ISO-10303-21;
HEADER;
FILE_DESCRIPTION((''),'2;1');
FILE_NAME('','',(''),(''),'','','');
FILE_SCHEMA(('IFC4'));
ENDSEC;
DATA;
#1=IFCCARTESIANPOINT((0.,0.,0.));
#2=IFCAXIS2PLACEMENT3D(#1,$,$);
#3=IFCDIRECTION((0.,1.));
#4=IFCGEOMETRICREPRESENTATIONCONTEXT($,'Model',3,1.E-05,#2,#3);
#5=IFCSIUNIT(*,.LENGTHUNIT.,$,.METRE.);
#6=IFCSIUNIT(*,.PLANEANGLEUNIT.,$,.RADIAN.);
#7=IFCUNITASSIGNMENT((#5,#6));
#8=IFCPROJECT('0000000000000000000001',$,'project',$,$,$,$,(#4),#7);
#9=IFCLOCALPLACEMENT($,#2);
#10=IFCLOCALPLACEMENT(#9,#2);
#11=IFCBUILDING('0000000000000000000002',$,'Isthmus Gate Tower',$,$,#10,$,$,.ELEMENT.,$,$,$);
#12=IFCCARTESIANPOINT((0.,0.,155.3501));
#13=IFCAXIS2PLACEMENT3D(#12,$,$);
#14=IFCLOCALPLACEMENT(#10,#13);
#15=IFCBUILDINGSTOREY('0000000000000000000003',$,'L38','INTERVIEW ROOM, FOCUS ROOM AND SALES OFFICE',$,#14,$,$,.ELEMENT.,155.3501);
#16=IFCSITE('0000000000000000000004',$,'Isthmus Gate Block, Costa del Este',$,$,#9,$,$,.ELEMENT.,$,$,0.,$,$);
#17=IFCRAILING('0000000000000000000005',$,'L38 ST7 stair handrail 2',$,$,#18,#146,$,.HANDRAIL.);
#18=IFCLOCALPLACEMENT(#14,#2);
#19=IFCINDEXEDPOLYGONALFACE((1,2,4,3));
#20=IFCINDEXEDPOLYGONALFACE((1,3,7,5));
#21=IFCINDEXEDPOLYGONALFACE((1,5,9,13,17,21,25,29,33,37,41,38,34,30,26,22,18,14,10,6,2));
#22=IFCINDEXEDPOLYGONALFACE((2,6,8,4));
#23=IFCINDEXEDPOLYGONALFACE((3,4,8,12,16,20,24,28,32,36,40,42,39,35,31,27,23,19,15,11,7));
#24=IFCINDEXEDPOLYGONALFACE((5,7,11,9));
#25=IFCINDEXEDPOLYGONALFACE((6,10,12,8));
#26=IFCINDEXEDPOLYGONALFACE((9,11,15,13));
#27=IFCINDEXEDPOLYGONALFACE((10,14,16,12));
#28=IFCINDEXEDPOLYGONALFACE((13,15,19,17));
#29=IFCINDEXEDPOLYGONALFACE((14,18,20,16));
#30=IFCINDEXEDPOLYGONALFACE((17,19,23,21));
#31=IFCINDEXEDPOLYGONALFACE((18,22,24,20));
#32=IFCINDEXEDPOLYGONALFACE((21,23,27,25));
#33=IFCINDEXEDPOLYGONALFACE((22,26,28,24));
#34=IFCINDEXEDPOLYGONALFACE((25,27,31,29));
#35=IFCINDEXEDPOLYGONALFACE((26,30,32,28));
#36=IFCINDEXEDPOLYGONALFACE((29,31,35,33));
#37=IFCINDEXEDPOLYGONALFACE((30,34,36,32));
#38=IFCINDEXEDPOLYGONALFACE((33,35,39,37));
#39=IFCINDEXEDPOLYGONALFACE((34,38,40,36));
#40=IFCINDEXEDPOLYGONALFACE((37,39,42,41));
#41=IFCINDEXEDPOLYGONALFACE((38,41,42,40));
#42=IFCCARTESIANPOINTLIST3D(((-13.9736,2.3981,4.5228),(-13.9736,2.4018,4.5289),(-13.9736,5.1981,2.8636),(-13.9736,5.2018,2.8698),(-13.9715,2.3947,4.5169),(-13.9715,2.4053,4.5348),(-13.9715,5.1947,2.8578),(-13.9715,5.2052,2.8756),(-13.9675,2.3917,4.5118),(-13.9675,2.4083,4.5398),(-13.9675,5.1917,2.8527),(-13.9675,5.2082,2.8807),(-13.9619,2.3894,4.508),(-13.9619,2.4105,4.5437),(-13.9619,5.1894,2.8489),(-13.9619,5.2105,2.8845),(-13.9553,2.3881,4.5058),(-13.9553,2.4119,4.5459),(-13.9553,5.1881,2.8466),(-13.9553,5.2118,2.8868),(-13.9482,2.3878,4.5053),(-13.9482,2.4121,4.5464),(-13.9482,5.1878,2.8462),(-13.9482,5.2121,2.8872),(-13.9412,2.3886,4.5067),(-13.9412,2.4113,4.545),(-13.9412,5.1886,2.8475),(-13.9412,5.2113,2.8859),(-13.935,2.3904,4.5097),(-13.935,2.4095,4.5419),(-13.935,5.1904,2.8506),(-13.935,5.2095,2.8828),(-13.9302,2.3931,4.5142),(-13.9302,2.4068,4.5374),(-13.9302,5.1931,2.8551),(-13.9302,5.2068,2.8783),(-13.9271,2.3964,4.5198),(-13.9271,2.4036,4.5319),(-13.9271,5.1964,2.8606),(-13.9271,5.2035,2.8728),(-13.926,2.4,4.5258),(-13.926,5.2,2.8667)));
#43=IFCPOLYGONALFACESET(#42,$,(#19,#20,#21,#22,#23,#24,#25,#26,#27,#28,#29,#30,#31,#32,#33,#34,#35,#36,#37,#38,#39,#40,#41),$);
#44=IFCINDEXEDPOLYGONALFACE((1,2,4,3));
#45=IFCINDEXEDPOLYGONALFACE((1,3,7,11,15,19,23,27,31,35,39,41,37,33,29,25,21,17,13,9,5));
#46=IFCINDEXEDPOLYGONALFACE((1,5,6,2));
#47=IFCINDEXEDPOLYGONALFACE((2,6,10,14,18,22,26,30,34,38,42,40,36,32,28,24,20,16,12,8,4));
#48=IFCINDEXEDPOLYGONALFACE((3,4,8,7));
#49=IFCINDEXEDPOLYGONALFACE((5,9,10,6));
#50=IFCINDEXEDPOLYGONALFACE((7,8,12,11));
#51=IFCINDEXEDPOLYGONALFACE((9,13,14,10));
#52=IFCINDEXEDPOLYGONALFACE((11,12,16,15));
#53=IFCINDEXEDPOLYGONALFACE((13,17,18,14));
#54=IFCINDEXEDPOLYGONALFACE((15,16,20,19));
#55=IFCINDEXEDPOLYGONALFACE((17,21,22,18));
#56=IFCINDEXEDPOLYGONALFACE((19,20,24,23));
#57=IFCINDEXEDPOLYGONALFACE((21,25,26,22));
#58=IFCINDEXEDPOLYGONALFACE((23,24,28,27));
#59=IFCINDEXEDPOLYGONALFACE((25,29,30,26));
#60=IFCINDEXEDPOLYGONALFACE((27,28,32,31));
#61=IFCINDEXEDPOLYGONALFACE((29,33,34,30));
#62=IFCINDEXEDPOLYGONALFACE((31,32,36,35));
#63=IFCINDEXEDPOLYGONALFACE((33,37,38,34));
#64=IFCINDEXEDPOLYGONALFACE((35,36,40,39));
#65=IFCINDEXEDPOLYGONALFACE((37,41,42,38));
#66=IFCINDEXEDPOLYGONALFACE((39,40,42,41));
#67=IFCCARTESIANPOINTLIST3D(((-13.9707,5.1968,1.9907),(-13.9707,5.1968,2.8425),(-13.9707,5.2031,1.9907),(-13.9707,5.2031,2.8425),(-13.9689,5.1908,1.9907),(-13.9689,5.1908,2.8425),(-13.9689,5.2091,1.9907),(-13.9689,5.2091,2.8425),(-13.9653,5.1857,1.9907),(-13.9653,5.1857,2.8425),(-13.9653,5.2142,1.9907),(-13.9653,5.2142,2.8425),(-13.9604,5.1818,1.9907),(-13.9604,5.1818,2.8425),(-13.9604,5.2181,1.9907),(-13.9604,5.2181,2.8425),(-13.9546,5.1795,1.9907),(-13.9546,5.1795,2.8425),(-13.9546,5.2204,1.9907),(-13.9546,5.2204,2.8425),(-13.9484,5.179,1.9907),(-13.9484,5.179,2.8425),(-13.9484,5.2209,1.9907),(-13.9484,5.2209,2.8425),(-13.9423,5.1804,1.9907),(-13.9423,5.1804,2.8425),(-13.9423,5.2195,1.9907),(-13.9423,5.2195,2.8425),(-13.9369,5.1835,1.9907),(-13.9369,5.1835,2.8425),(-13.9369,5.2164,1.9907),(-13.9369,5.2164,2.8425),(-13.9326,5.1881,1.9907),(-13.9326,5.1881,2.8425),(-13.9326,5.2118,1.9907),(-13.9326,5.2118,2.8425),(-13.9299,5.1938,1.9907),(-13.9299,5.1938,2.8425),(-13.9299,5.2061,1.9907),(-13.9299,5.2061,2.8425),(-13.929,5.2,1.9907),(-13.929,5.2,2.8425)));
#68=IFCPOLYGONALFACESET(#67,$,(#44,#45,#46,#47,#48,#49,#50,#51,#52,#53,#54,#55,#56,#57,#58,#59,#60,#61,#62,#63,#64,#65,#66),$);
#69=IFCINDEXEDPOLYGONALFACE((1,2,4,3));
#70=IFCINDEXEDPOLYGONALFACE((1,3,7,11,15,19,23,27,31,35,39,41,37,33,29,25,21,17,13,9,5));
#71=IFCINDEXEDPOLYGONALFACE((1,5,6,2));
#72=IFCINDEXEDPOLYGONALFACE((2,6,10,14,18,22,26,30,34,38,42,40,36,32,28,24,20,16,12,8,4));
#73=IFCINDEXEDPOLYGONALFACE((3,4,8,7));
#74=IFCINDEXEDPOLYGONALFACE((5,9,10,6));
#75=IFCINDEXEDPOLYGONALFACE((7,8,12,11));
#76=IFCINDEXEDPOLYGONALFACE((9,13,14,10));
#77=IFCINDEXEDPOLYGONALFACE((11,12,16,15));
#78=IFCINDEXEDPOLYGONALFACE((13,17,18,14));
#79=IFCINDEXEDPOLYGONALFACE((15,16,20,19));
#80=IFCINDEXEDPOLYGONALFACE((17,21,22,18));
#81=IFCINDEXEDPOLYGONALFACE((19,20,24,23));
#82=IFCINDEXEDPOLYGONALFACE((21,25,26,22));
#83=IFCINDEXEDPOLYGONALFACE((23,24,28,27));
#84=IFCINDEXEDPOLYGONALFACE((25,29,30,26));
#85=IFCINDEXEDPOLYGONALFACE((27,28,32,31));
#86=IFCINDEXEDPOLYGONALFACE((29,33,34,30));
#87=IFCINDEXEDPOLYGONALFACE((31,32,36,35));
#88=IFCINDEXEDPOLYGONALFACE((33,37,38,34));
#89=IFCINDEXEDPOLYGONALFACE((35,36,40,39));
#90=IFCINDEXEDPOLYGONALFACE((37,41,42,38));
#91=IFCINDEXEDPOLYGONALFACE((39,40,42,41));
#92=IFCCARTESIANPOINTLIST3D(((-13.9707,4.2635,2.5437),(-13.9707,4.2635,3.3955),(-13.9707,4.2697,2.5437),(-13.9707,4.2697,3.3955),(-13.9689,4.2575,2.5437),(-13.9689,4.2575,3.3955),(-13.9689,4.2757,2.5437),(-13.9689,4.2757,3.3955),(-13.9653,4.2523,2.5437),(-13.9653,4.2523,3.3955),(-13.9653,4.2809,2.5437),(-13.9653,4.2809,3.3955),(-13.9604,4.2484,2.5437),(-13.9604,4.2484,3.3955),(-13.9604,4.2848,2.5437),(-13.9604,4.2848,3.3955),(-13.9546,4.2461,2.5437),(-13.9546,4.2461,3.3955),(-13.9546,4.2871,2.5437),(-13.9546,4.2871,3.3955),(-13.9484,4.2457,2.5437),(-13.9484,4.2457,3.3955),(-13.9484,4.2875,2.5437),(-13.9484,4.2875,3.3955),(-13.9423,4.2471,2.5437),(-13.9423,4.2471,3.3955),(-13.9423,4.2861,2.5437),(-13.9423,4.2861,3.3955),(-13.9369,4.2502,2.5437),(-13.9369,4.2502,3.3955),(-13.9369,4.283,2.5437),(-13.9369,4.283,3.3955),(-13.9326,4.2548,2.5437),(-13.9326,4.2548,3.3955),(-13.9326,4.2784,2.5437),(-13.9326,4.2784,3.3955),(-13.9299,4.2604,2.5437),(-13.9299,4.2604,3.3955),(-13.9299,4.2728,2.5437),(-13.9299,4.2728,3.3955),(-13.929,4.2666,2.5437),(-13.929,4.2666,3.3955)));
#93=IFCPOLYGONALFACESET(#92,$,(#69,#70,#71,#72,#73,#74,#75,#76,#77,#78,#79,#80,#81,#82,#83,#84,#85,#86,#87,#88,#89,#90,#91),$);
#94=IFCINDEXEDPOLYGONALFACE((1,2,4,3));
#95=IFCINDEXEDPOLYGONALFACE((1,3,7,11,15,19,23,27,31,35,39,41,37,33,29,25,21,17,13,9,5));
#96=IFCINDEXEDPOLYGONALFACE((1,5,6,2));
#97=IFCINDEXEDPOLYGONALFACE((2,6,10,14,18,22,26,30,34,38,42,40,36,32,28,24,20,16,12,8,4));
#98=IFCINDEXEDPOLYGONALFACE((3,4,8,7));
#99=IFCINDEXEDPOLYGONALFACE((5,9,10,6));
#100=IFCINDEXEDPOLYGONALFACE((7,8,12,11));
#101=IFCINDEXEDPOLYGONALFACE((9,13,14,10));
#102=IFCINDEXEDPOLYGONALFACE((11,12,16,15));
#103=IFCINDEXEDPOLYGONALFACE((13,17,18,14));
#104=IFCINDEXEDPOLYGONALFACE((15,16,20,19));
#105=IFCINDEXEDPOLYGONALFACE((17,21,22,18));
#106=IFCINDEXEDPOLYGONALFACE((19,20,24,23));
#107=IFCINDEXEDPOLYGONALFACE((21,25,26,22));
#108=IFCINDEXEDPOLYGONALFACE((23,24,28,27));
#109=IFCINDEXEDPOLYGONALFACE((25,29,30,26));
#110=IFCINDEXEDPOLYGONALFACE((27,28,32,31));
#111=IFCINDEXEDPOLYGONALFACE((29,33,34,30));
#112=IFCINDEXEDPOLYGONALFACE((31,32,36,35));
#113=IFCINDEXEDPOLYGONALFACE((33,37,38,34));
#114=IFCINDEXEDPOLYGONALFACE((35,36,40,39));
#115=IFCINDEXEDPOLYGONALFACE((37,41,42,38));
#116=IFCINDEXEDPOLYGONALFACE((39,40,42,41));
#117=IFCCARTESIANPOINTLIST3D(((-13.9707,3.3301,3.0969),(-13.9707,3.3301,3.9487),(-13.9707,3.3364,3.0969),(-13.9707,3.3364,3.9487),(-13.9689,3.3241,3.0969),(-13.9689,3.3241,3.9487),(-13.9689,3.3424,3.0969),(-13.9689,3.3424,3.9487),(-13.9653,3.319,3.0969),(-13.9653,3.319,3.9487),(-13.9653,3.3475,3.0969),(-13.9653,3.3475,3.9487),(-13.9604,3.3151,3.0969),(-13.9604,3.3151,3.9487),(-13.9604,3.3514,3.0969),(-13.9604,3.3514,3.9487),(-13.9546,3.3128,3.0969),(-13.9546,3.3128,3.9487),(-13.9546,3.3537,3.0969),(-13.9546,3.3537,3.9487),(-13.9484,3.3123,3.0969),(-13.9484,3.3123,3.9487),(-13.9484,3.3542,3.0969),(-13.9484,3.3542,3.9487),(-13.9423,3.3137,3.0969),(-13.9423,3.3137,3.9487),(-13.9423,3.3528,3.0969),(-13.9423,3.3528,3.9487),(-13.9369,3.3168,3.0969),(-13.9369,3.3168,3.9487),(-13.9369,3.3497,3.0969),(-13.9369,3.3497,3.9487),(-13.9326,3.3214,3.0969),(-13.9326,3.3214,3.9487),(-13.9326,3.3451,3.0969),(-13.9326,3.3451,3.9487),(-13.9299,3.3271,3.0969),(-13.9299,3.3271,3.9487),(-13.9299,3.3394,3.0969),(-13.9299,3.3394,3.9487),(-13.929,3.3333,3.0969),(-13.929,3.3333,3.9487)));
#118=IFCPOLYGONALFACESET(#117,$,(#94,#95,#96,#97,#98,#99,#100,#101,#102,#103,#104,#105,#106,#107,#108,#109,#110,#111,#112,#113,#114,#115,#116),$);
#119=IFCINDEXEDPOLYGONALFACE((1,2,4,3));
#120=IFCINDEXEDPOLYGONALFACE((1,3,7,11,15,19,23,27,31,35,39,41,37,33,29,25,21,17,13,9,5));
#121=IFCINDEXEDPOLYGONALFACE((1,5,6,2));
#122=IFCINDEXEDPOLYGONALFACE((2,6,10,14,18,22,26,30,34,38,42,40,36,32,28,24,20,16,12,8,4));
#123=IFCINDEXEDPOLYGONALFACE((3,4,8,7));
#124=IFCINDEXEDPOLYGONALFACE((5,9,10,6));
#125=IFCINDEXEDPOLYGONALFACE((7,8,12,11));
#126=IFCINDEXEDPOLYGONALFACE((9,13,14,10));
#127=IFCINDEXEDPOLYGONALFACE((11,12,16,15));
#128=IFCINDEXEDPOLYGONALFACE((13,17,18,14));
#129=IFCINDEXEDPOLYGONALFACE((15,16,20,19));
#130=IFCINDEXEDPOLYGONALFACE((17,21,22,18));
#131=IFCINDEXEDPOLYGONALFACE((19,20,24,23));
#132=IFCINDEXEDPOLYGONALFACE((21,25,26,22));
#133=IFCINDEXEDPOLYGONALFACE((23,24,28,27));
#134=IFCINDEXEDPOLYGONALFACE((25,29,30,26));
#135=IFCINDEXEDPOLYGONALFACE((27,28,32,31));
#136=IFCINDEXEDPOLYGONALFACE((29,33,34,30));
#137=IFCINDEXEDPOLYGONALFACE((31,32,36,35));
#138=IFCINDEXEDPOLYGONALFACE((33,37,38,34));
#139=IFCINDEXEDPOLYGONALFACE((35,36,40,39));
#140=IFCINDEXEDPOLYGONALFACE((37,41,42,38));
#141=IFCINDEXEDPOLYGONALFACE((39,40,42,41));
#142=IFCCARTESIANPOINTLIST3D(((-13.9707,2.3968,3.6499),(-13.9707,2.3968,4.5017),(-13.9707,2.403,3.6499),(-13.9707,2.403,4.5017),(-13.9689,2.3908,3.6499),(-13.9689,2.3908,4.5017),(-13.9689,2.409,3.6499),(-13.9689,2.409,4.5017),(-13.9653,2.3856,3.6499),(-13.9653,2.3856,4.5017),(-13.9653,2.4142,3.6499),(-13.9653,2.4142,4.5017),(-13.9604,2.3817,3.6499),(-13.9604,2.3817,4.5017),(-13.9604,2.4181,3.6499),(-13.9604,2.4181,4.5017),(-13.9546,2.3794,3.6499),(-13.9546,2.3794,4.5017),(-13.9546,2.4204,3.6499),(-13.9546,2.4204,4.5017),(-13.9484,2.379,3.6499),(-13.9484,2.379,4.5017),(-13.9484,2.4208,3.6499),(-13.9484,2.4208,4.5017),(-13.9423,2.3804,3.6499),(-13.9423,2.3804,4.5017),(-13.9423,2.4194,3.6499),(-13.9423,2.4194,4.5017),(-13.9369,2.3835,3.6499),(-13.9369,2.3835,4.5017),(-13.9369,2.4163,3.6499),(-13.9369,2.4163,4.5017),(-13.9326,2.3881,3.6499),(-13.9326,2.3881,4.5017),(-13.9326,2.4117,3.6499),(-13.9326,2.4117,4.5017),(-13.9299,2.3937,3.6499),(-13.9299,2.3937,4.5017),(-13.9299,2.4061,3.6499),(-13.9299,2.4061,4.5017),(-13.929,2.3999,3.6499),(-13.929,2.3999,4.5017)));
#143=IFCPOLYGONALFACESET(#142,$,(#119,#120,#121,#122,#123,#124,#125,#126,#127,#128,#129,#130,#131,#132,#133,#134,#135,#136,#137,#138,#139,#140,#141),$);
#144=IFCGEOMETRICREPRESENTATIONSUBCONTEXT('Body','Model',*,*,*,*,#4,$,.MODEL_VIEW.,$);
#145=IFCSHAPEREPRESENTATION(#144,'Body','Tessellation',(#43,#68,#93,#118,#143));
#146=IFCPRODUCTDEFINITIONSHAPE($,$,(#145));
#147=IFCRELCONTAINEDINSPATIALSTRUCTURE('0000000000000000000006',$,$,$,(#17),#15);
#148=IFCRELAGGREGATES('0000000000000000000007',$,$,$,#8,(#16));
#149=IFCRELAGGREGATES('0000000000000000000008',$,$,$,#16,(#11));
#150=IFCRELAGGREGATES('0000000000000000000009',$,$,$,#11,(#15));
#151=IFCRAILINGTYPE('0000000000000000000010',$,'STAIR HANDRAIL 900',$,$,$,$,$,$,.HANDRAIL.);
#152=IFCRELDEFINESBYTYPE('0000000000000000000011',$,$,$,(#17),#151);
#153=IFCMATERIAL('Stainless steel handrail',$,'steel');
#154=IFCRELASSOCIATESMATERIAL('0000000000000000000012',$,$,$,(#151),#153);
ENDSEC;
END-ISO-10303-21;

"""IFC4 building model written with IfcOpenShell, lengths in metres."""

from ifc_helpers import new_model, si_unit, direction, frame, origin, origin_2d, place, context, subcontext, project, spatial, circle, extrude, material, type_object, element, save


model = new_model("IFC4")

# Units and contexts
model_context = context("Model", 3, precision=1e-05, world=origin(), true_north=direction((0.0, 1.0)))
body_context = subcontext(model_context, "Body", "Model", "MODEL_VIEW")
ifc_project = project(units=[si_unit("LENGTHUNIT", "METRE"), si_unit("PLANEANGLEUNIT", "RADIAN")], contexts=[model_context])

# Site, building, storey
site_placement = place(None, origin())
site = spatial("IfcSite", under=ifc_project, at=site_placement, Name="Isthmus Gate Block, Costa del Este", CompositionType="ELEMENT", RefElevation=0.0)
building_placement = place(site_placement, origin())
building = spatial("IfcBuilding", under=site, at=building_placement, Name="Isthmus Gate Tower", CompositionType="ELEMENT")
storey_placement = place(building_placement, frame((0.0, 0.0, 155.3501)))
storey = spatial("IfcBuildingStorey", under=building, at=storey_placement, Name="L38", Description="INTERVIEW ROOM, FOCUS ROOM AND SALES OFFICE", CompositionType="ELEMENT", Elevation=155.3501)

# Railing
ifc_material_1 = material(Name="Stainless steel handrail", Category="steel")
railing_type_1 = type_object("IfcRailingType", Name="STAIR HANDRAIL 900", PredefinedType="HANDRAIL", material=ifc_material_1)
railing_1_placement = place(storey_placement, frame((-13.95, 5.2, 1.9907)))
element("IfcRailing", 1, at=railing_1_placement, inside=storey, type_object=railing_type_1, Name="L38 ST7 stair handrail 2", PredefinedType="HANDRAIL", context=body_context, shape_type="SweptSolid", body=[
    extrude(circle(Radius=0.0239, at=origin_2d()), frame((0.0, 0.0, 0.876), z_axis=(0.0, -0.860306, 0.509778), x_axis=(1.0, 0.0, 0.0)), (0.0, 0.0, 1.0), 3.2546),
    extrude(circle(Radius=0.021, at=origin_2d()), origin(), (0.0, 0.0, 1.0), 0.8518),
    extrude(circle(Radius=0.021, at=origin_2d()), frame((0.0, -0.9333, 0.553)), (0.0, 0.0, 1.0), 0.8518),
    extrude(circle(Radius=0.021, at=origin_2d()), frame((0.0, -1.8667, 1.1062)), (0.0, 0.0, 1.0), 0.8518),
    extrude(circle(Radius=0.021, at=origin_2d()), frame((0.0, -2.8, 1.6592)), (0.0, 0.0, 1.0), 0.8518),
])

save(model, "model.ifc")
